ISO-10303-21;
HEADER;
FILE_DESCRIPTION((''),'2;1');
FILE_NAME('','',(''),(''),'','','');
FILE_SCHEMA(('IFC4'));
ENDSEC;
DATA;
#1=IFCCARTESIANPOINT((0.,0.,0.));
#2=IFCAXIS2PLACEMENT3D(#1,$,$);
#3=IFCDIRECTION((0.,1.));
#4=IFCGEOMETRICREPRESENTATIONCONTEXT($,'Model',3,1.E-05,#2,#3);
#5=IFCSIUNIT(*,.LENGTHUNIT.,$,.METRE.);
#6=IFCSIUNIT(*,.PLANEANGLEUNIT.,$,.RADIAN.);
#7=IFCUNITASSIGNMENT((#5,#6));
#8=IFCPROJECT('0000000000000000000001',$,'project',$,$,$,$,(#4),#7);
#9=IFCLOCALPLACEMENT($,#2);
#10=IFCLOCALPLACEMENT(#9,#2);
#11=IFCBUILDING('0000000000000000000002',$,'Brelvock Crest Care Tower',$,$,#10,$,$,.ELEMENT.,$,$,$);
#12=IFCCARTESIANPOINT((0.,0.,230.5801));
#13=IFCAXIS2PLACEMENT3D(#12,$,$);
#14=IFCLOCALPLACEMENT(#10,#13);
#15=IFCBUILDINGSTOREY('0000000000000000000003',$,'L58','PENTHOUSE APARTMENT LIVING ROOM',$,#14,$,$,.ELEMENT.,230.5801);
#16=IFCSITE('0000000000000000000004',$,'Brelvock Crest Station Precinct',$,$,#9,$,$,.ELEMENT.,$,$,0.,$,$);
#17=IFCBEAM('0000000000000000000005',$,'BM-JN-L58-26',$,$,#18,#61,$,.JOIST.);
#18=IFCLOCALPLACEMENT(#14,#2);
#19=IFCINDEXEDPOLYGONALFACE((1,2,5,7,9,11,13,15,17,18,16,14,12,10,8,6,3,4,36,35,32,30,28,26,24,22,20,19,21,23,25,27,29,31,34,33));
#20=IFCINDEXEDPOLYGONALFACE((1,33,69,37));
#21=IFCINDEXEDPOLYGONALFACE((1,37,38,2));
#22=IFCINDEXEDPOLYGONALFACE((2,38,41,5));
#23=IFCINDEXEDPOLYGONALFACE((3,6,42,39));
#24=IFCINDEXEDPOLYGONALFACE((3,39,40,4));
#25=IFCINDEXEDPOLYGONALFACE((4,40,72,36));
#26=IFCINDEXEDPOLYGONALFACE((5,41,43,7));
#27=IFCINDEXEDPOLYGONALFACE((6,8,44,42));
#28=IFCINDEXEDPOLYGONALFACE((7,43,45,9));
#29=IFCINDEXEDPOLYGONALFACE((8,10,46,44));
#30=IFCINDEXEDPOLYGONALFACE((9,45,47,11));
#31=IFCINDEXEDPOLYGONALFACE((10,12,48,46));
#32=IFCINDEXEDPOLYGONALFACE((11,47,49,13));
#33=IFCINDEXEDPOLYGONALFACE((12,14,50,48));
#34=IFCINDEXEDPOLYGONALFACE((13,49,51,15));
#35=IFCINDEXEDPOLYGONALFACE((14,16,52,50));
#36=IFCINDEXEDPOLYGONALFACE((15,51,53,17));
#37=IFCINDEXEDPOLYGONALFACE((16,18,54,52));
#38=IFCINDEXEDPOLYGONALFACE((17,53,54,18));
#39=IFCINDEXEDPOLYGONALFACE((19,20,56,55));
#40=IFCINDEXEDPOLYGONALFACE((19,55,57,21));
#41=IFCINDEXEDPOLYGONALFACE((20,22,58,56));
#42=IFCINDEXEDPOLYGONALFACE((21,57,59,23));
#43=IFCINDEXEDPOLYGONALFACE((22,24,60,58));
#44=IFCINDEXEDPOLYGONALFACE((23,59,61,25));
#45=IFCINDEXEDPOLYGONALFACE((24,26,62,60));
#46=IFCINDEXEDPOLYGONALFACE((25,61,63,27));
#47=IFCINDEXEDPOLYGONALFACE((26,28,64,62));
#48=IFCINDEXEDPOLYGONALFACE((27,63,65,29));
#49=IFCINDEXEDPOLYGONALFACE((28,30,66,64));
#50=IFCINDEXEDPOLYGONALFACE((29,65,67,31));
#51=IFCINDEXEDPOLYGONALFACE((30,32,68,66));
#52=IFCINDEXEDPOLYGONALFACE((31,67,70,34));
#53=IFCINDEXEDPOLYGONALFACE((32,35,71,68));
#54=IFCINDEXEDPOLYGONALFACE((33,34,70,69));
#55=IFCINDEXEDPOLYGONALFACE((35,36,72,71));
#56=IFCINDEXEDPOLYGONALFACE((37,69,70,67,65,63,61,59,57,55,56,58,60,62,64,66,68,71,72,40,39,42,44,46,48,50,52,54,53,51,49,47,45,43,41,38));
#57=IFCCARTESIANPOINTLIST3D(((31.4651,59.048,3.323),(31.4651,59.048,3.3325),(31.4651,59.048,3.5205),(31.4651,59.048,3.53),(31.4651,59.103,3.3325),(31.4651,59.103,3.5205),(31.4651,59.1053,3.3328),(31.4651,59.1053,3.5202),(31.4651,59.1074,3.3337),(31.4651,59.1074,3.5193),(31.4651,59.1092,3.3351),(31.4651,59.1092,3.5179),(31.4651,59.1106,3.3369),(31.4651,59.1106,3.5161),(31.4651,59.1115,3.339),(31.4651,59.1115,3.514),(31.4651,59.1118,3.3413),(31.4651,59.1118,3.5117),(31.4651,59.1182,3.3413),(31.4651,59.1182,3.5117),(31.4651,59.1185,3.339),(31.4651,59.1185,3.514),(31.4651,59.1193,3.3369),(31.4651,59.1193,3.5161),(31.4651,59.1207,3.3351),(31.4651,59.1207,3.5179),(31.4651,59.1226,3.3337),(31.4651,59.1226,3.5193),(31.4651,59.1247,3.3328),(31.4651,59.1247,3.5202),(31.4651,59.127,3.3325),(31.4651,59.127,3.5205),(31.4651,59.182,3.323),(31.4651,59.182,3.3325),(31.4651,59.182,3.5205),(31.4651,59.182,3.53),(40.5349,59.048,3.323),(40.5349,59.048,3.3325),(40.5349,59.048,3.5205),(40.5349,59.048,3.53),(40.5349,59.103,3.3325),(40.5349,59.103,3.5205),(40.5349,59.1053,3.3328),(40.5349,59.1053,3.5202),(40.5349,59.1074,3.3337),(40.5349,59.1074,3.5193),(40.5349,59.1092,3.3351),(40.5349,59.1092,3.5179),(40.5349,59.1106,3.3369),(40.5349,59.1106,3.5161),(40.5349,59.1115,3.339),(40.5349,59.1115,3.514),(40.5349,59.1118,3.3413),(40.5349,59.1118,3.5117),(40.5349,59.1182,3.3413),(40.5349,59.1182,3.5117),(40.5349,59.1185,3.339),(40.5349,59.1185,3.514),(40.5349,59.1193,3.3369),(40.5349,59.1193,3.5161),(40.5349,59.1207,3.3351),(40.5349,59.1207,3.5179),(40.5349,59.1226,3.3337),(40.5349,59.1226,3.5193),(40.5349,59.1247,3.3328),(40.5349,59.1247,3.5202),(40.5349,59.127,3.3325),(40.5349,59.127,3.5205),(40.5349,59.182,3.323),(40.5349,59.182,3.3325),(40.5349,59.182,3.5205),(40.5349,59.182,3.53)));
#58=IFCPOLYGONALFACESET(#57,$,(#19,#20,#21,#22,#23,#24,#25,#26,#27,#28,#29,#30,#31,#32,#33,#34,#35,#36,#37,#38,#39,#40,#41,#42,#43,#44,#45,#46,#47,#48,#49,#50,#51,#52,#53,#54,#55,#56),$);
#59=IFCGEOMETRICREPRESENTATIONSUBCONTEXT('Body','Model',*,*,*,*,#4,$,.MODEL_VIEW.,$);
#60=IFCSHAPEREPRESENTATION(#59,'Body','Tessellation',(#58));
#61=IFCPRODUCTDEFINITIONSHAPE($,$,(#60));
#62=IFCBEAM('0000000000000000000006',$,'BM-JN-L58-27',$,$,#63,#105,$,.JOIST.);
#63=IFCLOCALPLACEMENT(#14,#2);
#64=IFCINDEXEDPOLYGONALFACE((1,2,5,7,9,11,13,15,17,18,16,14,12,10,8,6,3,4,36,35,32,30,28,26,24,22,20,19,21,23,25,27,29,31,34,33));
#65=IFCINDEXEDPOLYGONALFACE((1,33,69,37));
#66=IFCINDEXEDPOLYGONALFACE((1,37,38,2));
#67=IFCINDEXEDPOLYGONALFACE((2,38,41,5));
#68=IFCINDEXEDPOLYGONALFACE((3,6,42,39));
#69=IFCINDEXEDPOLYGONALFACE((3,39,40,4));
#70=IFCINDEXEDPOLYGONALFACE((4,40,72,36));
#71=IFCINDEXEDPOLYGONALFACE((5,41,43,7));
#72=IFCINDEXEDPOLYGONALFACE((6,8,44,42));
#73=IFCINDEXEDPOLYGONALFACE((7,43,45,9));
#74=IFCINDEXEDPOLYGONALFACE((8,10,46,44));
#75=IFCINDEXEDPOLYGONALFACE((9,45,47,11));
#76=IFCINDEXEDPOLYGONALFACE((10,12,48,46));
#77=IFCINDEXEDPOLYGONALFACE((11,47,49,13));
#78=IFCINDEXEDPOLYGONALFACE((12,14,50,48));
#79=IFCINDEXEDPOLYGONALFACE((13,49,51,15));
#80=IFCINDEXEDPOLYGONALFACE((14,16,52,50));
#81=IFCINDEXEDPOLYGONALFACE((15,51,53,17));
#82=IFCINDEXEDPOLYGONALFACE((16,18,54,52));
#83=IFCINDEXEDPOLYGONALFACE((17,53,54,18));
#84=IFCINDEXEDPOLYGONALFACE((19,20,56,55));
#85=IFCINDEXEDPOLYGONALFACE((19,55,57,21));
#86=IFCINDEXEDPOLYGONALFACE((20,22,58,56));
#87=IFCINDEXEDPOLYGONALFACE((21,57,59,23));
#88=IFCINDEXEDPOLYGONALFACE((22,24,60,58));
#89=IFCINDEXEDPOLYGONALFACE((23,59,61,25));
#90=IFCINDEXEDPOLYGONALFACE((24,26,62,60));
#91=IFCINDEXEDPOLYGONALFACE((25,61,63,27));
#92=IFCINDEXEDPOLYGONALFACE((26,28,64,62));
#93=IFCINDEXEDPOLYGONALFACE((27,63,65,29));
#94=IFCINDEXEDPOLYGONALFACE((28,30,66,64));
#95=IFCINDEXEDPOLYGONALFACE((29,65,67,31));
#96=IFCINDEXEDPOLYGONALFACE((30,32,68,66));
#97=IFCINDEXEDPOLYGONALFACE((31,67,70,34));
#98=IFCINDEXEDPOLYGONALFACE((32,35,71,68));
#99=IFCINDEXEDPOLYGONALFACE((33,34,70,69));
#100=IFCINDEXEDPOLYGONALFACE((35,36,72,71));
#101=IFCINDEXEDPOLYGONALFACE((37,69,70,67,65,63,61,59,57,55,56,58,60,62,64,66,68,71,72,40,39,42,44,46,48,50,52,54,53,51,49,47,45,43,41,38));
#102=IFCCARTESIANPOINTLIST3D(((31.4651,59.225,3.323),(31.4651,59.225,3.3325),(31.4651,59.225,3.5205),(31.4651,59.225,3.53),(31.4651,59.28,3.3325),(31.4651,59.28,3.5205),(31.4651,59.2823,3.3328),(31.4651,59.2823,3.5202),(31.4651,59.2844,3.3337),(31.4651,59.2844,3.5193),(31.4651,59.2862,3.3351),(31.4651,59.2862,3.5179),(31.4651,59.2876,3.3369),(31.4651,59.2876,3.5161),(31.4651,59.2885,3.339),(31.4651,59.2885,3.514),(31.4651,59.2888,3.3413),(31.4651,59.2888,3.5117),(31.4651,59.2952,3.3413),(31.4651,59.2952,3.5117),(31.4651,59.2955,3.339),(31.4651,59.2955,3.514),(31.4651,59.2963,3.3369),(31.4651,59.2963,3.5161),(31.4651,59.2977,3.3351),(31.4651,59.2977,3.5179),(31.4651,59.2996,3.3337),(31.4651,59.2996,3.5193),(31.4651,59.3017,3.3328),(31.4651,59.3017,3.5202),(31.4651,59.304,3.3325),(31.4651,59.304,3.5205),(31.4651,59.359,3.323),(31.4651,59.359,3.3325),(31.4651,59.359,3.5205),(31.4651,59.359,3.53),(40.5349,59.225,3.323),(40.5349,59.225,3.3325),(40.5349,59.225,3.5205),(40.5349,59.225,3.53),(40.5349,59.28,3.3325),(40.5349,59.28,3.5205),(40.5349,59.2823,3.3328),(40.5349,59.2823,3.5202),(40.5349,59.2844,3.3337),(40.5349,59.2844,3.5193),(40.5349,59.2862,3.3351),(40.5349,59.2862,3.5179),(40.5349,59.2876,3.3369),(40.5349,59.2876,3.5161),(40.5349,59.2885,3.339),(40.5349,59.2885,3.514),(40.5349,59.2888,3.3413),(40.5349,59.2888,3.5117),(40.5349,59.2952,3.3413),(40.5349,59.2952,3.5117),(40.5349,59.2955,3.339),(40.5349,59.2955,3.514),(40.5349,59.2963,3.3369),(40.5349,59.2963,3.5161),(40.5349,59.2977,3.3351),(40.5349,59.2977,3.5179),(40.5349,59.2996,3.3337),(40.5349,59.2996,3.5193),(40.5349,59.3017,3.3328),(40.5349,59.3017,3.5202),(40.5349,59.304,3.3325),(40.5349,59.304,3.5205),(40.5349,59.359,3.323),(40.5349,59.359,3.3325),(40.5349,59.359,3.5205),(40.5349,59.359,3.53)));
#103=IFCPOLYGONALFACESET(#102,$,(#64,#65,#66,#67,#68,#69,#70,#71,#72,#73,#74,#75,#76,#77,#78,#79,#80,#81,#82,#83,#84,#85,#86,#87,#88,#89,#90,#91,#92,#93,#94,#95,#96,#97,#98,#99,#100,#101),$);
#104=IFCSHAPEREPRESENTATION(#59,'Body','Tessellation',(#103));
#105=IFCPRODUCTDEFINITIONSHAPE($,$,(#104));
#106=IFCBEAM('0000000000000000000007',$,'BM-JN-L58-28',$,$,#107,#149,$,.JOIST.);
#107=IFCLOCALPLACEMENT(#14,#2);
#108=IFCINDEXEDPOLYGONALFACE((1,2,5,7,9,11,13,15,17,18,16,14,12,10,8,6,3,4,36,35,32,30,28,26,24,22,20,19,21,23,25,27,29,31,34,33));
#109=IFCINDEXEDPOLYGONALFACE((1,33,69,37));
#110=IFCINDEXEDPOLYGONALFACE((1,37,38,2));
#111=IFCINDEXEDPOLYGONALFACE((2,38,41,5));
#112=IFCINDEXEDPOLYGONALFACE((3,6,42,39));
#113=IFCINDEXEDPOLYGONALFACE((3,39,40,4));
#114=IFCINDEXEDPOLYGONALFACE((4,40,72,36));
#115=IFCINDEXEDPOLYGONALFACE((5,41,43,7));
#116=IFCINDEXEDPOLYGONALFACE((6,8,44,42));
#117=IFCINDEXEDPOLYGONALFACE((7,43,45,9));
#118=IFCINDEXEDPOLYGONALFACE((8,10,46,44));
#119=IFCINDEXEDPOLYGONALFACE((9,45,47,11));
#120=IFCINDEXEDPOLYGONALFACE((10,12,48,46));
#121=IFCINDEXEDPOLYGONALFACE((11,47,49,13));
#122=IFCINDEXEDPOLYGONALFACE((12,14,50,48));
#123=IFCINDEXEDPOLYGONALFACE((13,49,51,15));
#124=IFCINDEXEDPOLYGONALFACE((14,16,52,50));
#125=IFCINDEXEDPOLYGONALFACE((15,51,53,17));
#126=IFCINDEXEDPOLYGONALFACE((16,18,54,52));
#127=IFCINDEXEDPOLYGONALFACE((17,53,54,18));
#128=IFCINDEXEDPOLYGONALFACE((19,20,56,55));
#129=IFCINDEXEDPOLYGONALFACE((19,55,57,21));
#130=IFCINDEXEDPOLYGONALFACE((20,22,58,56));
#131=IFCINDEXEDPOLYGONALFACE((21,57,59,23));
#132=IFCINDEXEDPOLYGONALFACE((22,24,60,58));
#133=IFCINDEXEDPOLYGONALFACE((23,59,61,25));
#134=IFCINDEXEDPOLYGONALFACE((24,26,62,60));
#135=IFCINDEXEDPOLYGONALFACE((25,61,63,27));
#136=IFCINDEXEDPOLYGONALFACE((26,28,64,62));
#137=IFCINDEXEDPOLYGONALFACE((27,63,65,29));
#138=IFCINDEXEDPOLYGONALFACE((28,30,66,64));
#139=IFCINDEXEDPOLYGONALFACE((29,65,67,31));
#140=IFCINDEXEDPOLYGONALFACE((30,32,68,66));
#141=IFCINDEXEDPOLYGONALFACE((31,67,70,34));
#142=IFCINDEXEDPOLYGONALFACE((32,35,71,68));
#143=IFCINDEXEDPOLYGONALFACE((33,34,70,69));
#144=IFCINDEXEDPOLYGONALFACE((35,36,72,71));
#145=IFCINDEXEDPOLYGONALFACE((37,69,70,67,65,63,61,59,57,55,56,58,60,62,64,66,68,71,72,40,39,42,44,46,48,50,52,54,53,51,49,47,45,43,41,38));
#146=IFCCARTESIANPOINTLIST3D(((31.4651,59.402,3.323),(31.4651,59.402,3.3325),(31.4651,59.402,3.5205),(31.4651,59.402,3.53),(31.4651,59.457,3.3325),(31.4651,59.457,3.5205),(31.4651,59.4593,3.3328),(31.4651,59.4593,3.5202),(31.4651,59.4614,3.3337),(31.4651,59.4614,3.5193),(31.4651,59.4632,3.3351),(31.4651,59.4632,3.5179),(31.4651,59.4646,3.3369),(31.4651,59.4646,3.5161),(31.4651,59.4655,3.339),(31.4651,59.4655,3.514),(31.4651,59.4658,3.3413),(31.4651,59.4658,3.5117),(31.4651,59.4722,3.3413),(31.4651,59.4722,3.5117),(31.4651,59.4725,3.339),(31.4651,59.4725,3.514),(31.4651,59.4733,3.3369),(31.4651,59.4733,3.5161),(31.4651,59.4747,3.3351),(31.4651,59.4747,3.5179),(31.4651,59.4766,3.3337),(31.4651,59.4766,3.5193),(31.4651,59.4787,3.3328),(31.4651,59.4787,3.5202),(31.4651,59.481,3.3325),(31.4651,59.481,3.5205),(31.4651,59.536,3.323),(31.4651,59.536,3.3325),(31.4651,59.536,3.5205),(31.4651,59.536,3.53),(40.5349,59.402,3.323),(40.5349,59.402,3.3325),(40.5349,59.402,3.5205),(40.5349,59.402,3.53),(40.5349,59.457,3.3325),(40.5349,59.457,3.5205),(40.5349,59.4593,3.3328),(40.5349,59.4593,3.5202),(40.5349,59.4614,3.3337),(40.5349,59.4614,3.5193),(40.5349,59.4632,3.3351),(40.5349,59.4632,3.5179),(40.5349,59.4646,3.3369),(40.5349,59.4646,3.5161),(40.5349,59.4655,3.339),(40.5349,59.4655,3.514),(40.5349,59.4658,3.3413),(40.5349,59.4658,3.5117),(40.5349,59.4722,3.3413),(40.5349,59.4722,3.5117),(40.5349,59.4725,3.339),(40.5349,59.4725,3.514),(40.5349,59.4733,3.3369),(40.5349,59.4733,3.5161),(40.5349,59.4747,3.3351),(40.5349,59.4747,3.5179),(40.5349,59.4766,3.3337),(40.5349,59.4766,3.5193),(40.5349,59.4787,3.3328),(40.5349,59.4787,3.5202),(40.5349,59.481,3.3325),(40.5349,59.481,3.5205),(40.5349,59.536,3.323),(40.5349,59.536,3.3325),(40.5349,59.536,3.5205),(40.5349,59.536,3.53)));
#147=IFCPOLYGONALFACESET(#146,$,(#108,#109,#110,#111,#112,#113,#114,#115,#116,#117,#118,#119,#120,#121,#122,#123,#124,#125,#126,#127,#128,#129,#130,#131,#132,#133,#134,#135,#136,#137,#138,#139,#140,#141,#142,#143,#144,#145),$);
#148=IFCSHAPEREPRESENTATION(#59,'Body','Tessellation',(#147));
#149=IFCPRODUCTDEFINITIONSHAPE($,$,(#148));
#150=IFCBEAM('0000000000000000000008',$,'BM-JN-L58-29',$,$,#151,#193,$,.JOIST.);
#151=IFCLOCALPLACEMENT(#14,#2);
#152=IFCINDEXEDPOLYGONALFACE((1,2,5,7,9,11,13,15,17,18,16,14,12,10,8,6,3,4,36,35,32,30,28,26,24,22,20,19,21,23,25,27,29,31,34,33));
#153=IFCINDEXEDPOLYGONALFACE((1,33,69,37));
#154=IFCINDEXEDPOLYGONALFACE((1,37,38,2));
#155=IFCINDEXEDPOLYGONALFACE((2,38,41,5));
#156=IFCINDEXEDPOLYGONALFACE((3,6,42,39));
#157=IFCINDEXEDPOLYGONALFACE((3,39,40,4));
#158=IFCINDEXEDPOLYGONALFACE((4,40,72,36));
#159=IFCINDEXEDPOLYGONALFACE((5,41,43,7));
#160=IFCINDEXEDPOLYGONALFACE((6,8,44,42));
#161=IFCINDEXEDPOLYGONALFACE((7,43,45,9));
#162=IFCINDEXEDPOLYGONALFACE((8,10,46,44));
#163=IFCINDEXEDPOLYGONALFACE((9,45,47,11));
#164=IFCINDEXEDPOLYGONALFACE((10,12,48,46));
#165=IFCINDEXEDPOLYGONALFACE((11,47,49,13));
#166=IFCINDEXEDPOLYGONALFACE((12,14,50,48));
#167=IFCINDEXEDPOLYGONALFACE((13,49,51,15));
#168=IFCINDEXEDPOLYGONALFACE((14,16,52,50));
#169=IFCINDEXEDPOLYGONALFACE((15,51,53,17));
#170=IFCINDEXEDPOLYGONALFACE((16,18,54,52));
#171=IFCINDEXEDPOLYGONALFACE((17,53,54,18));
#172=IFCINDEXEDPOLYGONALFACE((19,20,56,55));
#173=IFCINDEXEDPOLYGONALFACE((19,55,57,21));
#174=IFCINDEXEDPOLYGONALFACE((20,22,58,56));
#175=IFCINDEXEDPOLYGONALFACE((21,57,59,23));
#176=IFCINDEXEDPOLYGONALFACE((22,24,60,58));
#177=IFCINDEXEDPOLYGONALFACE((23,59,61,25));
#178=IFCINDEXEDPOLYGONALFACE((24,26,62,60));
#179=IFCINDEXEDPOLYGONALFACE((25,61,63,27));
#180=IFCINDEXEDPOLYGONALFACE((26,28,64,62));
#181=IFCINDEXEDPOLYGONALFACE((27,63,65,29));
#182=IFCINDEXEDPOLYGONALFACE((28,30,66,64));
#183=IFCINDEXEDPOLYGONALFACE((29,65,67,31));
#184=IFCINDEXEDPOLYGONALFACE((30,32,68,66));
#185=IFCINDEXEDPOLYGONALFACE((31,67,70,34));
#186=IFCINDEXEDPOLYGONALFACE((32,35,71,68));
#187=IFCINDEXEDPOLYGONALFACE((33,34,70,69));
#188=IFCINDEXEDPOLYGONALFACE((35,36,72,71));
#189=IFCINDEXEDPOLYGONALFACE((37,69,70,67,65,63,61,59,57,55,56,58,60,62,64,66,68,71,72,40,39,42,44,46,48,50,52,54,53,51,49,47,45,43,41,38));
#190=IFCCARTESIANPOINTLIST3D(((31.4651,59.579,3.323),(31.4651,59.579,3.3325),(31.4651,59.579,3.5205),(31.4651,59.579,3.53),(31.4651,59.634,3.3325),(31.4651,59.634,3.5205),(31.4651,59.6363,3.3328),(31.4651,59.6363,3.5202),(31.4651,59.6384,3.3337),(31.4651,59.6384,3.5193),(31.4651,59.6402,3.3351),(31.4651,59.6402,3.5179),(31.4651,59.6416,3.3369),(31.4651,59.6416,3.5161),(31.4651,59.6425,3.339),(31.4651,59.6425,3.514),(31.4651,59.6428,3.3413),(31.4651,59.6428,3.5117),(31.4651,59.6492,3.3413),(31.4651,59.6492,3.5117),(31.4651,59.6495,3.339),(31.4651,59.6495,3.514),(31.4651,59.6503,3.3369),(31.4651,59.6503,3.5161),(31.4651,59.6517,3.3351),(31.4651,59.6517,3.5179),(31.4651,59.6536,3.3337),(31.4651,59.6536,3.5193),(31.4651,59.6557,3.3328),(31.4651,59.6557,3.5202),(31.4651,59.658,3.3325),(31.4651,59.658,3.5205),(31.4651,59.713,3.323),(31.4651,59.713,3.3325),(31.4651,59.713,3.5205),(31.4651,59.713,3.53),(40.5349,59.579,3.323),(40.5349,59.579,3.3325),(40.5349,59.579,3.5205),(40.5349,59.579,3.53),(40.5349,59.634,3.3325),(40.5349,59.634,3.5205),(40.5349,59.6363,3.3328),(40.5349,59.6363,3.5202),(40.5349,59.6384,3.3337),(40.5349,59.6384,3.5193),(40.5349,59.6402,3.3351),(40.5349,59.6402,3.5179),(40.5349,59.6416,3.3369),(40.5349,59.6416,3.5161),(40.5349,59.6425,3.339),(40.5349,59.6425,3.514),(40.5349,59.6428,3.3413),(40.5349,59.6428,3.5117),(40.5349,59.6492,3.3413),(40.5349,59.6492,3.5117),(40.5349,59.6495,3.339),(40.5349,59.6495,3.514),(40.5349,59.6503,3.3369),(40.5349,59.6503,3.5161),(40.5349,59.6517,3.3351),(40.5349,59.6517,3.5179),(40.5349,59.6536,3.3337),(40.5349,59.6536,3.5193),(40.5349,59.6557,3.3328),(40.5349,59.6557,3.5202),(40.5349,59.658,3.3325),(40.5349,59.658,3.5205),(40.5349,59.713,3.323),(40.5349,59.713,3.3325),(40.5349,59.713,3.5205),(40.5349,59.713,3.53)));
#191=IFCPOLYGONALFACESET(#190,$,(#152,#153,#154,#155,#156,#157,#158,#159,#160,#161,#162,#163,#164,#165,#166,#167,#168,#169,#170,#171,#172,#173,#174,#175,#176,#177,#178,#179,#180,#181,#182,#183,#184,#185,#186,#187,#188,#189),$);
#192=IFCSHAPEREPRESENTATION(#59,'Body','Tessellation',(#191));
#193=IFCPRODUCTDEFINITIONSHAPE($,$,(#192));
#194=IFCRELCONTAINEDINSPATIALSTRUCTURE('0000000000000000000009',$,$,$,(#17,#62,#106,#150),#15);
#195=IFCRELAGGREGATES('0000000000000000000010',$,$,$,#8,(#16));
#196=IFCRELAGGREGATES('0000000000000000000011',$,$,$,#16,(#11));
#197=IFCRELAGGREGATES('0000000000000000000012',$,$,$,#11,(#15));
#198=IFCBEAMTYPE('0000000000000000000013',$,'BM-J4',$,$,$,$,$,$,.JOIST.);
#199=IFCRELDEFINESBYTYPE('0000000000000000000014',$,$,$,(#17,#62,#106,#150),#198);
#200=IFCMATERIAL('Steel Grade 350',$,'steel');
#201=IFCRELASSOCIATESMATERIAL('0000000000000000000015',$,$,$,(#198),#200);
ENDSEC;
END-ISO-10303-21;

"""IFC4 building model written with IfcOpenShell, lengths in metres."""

from ifc_helpers import new_model, si_unit, direction, frame, origin, origin_2d, place, context, subcontext, project, spatial, i_section, extrude, source, transform, mapped, material, material_profile, profile_set, type_object, element, save


model = new_model("IFC4")

# Units and contexts
model_context = context("Model", 3, precision=1e-05, world=origin(), true_north=direction((0.0, 1.0)))
body_context = subcontext(model_context, "Body", "Model", "MODEL_VIEW")
ifc_project = project(units=[si_unit("LENGTHUNIT", "METRE"), si_unit("PLANEANGLEUNIT", "RADIAN")], contexts=[model_context])

# Site, building, storey
site_placement = place(None, origin())
site = spatial("IfcSite", under=ifc_project, at=site_placement, Name="Brelvock Crest Station Precinct", CompositionType="ELEMENT", RefElevation=0.0)
building_placement = place(site_placement, origin())
building = spatial("IfcBuilding", under=site, at=building_placement, Name="Brelvock Crest Care Tower", CompositionType="ELEMENT")
storey_placement = place(building_placement, frame((0.0, 0.0, 230.5801)))
storey = spatial("IfcBuildingStorey", under=building, at=storey_placement, Name="L58", Description="PENTHOUSE APARTMENT LIVING ROOM", CompositionType="ELEMENT", Elevation=230.5801)

# Shared definitions
ifc_material_1 = material(Name="Steel Grade 350", Category="steel")

# Beams
ifc_material_profile_1 = material_profile(ifc_material_1, i_section(OverallWidth=0.134, OverallDepth=0.207, WebThickness=0.0063, FlangeThickness=0.0095, FilletRadius=0.0088, at=origin_2d()), Name="200UB29.8")
ifc_profile_set_1 = profile_set([ifc_material_profile_1], Name="Steel Grade 350")
beam_type_1 = type_object("IfcBeamType", Name="BM-J4", PredefinedType="JOIST", material=ifc_profile_set_1)
shared_shape_1 = source(origin(), body_context, "Body", "SweptSolid", [
    extrude(i_section(OverallWidth=0.134, OverallDepth=0.207, WebThickness=0.0063, FlangeThickness=0.0095, FilletRadius=0.0088, at=origin_2d()), origin(), (0.0, 0.0, 1.0), 9.0698),
])
for number, where, z_axis, x_axis, name in (
    (1, (31.4651, 59.115, 3.4265), (1.0, 0.0, 0.0), (0.0, 1.0, 0.0), "BM-JN-L58-26"),
    (2, (31.4651, 59.292, 3.4265), (1.0, 0.0, 0.0), (0.0, 1.0, 0.0), "BM-JN-L58-27"),
    (3, (31.4651, 59.469, 3.4265), (1.0, 0.0, 0.0), (0.0, 1.0, 0.0), "BM-JN-L58-28"),
    (4, (31.4651, 59.646, 3.4265), (1.0, 0.0, 0.0), (0.0, 1.0, 0.0), "BM-JN-L58-29"),
):
    element("IfcBeam", number, at=place(storey_placement, frame(where, z_axis=z_axis, x_axis=x_axis)), inside=storey, type_object=beam_type_1, Name=name, PredefinedType="JOIST", context=body_context, shape_type="MappedRepresentation", body=[
        mapped(shared_shape_1, transform((0.0, 0.0, 0.0), x_axis=(1.0, 0.0, 0.0), y_axis=(0.0, 1.0, 0.0), z_axis=(0.0, 0.0, 1.0), scale=1.0)),
    ])

save(model, "model.ifc")
